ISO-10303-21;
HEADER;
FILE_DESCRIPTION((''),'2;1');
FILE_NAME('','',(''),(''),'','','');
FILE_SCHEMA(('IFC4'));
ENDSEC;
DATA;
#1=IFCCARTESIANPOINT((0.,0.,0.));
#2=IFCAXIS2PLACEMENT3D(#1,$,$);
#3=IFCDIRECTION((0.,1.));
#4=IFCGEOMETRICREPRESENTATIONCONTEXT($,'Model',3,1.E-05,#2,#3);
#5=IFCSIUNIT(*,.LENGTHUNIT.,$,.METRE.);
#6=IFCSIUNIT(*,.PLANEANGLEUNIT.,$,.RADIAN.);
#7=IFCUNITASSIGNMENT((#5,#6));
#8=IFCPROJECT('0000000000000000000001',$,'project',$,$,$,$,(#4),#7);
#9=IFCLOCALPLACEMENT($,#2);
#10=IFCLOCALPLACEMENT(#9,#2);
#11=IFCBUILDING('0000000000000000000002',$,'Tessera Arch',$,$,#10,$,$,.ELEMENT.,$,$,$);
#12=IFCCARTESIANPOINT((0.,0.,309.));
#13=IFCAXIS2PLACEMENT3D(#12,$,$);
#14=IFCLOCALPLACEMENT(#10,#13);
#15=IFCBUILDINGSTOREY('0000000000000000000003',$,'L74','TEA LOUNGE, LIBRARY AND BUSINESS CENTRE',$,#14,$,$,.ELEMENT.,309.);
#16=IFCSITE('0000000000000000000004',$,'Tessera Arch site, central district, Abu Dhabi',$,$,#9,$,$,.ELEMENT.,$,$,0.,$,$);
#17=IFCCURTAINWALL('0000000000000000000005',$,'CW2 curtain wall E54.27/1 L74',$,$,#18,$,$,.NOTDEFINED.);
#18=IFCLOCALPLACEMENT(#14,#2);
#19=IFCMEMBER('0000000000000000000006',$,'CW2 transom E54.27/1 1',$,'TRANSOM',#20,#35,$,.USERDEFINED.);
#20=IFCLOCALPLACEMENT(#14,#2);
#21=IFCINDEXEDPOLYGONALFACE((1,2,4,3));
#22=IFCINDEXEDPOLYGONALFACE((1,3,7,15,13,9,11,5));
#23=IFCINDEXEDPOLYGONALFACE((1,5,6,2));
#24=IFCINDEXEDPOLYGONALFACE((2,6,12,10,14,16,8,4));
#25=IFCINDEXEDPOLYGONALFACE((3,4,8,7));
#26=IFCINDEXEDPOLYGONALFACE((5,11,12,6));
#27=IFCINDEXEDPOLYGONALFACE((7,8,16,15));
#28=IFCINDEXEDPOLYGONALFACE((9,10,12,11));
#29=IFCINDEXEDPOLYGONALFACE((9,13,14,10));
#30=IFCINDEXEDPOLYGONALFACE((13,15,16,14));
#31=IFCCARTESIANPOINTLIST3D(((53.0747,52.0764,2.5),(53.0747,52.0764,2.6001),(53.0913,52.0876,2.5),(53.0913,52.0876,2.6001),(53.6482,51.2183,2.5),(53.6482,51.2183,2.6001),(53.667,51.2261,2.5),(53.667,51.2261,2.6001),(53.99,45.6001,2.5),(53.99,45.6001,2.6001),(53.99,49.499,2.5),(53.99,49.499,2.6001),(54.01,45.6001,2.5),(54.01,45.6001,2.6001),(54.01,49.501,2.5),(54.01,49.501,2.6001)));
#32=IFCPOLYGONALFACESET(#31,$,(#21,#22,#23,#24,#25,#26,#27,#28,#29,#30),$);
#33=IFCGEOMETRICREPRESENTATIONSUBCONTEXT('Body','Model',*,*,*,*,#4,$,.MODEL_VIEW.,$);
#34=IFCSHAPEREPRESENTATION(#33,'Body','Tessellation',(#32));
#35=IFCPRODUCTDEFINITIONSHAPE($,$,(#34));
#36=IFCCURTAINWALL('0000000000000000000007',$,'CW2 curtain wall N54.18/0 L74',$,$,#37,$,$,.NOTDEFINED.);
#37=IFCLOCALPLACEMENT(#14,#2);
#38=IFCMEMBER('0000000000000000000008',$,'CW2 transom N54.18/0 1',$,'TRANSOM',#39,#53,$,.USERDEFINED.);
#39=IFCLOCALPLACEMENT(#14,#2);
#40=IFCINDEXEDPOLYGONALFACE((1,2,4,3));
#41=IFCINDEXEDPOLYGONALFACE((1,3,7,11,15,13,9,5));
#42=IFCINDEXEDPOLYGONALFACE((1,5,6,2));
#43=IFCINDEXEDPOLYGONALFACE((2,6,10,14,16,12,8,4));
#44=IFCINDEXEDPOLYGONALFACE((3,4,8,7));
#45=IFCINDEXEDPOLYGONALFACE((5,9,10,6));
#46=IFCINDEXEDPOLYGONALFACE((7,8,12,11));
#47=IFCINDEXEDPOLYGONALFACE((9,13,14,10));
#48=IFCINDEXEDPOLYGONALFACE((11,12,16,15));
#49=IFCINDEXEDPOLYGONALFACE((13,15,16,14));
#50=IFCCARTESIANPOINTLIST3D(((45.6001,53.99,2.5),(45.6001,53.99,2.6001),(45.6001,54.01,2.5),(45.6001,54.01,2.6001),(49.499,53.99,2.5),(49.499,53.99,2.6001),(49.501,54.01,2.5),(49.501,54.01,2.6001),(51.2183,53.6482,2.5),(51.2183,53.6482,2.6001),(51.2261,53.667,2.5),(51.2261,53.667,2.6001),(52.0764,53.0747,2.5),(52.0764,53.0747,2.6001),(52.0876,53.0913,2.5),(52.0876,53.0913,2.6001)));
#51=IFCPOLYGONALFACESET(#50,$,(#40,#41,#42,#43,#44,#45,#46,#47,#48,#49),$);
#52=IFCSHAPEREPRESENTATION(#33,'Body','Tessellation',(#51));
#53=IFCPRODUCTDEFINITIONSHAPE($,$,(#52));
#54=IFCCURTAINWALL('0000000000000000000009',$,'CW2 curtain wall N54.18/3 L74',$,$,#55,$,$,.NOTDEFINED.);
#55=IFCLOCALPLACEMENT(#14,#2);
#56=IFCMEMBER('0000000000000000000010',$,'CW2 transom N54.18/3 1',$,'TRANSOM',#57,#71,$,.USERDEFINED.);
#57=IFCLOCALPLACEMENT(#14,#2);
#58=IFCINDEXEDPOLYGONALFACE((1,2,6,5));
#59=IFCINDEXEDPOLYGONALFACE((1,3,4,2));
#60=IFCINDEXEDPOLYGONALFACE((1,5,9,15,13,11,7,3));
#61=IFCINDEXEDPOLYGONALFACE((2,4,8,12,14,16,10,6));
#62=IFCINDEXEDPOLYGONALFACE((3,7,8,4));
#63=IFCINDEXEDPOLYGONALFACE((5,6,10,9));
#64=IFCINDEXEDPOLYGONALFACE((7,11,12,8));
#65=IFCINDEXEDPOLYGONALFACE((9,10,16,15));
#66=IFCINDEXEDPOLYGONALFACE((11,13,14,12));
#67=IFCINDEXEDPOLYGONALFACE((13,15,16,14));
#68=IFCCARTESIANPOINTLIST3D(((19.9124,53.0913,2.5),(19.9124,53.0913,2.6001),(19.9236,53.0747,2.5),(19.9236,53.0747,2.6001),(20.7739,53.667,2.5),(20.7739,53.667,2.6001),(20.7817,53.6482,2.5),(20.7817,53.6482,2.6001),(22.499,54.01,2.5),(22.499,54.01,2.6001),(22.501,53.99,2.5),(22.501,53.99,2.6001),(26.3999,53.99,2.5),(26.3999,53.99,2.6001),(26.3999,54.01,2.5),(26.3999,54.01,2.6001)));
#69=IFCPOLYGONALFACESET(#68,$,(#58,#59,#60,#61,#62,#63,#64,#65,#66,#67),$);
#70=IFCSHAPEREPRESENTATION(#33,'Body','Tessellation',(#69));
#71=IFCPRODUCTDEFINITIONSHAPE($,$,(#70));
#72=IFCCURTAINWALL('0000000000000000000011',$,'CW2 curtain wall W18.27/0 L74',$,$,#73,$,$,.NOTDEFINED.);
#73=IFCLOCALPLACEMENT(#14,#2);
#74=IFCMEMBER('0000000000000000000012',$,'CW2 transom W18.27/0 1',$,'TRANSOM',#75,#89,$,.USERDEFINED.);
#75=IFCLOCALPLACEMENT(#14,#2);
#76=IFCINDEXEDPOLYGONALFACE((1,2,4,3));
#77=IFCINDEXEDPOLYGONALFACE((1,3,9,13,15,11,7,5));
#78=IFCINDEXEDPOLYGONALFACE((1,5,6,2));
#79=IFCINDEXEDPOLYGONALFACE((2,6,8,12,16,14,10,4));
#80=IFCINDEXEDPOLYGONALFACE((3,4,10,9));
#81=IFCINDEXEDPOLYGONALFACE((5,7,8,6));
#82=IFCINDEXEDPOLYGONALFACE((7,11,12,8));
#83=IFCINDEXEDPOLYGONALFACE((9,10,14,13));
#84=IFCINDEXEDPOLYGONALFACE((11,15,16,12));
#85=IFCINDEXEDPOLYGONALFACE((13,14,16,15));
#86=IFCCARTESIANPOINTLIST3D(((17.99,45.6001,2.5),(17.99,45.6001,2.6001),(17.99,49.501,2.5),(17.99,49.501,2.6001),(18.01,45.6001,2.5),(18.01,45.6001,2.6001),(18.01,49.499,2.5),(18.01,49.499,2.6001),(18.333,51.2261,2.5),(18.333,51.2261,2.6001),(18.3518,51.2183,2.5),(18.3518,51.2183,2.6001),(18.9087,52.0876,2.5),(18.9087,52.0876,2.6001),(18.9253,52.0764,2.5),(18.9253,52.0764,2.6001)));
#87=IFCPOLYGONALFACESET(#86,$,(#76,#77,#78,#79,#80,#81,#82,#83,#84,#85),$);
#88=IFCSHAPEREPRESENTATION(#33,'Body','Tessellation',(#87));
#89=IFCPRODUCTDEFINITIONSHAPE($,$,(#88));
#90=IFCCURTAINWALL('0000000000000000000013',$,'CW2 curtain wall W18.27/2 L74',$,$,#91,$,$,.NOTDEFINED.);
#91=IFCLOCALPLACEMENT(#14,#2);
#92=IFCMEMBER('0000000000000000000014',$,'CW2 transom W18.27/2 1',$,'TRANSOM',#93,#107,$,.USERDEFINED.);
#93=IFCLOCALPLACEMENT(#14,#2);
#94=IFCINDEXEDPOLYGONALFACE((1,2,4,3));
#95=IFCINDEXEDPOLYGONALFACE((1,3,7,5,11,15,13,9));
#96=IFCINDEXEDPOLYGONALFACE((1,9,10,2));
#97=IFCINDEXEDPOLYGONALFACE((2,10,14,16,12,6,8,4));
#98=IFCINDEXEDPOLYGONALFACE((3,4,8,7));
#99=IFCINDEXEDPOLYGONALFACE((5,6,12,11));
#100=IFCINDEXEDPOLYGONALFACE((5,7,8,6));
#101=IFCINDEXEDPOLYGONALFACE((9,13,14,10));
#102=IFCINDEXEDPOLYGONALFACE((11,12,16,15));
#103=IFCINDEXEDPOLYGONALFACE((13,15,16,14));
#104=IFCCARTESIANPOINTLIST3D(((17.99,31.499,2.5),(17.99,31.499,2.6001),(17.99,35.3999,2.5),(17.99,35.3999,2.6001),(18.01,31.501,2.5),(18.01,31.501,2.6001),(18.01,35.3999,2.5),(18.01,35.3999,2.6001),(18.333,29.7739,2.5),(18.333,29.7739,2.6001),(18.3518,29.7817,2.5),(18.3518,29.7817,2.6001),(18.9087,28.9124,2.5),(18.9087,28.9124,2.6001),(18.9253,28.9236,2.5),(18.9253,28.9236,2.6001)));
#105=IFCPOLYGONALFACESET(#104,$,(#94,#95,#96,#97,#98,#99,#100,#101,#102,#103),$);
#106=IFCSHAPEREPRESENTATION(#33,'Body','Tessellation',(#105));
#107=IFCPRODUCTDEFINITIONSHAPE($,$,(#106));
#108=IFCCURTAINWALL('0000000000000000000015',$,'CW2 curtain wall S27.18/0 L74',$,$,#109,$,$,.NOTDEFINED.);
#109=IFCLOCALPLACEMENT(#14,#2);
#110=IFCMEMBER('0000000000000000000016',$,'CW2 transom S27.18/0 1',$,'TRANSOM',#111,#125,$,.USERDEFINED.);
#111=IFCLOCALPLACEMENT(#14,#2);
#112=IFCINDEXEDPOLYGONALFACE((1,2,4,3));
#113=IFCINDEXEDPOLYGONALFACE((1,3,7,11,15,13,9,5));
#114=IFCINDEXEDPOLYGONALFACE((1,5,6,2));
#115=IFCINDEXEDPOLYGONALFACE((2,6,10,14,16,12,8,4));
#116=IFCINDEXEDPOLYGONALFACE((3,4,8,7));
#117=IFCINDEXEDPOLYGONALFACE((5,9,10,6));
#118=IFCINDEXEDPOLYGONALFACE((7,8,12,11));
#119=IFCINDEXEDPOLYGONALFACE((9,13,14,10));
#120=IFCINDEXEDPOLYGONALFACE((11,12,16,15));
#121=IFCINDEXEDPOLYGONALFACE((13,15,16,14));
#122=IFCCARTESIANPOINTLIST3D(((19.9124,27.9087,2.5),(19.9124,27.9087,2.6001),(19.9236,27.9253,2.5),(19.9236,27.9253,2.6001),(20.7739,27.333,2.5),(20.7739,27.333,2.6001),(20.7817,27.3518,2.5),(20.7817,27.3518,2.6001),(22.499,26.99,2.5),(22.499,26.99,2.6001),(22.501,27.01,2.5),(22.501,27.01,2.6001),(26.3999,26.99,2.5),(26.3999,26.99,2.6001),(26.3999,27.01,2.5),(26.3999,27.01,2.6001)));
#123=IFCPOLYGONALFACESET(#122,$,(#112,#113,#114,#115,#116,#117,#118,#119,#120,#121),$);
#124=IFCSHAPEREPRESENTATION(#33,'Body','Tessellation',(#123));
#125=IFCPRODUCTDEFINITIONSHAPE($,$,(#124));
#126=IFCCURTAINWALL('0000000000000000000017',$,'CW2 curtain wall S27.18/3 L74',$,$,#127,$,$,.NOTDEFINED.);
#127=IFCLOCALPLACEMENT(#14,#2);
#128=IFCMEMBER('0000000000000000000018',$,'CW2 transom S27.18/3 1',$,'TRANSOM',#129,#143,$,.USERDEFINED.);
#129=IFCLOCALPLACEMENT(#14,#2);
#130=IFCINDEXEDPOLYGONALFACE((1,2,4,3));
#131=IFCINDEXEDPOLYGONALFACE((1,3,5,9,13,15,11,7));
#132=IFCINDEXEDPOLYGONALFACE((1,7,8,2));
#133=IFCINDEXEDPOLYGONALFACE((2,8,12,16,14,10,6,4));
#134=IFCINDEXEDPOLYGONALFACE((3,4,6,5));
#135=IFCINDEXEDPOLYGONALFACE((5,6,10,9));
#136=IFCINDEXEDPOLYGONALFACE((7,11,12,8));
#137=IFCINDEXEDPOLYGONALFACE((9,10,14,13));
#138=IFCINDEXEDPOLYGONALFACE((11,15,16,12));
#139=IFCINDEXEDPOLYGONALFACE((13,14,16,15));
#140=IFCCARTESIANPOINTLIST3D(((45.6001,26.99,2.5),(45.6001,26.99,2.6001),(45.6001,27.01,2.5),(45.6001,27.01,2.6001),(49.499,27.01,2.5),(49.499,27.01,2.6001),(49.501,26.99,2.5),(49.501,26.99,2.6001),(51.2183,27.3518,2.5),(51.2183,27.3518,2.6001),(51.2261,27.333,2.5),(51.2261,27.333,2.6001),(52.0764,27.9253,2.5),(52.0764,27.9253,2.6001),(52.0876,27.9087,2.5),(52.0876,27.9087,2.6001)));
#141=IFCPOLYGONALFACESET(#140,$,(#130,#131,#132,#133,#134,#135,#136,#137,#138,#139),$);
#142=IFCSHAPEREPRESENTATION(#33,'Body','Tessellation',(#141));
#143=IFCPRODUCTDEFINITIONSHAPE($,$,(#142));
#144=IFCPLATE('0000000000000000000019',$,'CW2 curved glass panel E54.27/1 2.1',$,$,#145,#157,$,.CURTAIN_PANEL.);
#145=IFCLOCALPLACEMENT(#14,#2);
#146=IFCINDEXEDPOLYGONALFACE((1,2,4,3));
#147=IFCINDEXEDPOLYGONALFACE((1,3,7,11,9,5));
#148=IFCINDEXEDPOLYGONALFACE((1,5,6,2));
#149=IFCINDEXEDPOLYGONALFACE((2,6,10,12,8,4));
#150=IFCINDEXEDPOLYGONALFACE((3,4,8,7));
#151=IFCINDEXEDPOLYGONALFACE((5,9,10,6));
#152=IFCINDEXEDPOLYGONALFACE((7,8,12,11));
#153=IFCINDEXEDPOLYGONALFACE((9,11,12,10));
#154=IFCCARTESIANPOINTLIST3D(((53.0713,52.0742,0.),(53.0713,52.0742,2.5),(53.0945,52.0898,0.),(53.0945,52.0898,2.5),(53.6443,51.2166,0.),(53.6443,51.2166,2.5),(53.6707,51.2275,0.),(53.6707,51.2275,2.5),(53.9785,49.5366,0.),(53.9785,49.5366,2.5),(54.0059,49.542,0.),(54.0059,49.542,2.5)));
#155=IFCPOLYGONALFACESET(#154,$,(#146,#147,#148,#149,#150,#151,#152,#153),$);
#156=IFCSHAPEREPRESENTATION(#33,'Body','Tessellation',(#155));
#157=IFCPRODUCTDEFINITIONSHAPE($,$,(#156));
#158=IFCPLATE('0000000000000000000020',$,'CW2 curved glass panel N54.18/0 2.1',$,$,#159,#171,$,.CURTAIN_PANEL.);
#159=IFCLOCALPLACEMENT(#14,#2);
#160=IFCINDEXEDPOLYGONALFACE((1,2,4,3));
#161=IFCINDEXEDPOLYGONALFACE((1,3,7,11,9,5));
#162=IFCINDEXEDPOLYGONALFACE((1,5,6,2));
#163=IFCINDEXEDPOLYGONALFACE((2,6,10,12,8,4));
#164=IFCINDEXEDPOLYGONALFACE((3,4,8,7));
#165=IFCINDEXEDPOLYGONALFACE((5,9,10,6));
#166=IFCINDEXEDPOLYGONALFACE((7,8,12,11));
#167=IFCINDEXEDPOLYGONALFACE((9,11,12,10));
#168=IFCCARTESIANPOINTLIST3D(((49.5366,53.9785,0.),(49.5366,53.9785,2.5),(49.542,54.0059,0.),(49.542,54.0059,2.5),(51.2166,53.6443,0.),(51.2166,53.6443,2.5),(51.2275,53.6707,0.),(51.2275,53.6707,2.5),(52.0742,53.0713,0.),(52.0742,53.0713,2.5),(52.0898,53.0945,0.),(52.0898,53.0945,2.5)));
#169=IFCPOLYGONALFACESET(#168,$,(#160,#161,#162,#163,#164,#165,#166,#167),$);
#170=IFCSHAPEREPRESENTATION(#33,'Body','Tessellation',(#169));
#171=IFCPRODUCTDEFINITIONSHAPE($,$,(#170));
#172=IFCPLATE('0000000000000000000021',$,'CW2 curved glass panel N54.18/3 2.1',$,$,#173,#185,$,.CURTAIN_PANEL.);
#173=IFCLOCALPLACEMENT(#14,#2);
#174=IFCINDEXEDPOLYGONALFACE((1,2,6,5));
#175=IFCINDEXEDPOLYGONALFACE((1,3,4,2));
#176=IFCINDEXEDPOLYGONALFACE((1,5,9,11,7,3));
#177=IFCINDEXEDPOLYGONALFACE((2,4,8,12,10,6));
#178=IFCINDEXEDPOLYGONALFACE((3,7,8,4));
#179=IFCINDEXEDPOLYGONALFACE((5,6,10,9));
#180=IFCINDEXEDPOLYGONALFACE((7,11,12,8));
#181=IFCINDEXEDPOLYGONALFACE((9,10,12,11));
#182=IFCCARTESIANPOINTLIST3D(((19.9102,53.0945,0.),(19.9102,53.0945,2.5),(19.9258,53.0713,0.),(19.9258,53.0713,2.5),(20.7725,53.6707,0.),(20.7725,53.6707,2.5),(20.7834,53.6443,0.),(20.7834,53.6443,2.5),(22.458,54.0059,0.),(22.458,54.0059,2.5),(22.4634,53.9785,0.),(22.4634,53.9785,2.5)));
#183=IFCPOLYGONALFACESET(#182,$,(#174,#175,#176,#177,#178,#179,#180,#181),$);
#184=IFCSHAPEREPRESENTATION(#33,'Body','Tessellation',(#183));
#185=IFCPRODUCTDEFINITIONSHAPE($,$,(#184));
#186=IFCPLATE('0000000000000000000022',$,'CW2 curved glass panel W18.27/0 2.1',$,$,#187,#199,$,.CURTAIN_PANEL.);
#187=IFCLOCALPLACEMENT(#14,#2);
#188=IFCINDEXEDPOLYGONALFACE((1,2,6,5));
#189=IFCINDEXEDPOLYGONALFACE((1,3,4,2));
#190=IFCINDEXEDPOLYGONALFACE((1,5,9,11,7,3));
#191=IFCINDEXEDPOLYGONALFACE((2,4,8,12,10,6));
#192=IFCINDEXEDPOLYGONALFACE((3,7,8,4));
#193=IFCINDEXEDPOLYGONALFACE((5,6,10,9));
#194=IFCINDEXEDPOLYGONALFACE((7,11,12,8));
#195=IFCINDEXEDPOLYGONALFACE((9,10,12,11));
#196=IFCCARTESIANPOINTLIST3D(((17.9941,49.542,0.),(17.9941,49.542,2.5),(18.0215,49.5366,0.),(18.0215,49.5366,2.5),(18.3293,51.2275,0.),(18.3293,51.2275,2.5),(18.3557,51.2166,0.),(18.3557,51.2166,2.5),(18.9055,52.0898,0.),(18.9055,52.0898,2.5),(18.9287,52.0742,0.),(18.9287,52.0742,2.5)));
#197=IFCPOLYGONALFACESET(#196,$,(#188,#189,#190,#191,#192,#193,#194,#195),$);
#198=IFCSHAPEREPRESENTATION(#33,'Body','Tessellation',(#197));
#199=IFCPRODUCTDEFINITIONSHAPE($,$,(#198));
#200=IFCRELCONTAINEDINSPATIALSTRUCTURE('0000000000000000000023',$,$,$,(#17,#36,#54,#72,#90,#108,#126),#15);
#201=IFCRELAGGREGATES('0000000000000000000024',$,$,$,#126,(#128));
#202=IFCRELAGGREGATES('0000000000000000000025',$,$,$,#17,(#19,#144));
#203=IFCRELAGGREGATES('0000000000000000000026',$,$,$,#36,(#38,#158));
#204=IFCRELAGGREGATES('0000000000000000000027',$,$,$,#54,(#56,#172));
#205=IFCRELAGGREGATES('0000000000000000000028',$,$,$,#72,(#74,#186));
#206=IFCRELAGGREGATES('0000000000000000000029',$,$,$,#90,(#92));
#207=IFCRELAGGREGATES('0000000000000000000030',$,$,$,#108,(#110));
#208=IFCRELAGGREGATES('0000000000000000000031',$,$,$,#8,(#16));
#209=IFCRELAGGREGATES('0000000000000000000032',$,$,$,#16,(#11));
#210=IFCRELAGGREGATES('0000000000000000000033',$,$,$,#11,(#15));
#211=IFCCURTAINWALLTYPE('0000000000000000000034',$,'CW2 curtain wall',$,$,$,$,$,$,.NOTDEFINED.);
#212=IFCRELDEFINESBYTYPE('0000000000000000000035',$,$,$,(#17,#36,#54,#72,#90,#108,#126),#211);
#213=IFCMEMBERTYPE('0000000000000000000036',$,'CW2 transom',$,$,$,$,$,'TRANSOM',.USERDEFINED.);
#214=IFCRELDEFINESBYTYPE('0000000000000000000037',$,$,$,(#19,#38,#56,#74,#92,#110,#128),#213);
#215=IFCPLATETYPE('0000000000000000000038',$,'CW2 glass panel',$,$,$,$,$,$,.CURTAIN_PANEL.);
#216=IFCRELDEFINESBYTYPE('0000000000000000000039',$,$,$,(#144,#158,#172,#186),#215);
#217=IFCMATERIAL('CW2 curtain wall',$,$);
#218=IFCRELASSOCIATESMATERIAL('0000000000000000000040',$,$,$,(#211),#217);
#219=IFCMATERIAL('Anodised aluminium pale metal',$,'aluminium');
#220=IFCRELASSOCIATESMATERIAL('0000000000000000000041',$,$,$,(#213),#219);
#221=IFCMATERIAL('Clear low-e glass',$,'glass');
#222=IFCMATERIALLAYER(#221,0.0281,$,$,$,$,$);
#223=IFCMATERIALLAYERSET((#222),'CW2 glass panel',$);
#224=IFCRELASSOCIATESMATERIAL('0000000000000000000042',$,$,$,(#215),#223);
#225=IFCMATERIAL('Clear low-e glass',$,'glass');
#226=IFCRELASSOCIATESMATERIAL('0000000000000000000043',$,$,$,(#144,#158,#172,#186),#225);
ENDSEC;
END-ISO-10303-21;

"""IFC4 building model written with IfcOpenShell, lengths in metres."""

from ifc_helpers import new_model, si_unit, direction, frame, origin, origin_2d, place, context, subcontext, project, spatial, polyline, rectangle, outline, extrude, material, layer, layer_set, material_profile, profile_set, type_object, element, aggregate, save


model = new_model("IFC4")

# Units and contexts
model_context = context("Model", 3, precision=1e-05, world=origin(), true_north=direction((0.0, 1.0)))
body_context = subcontext(model_context, "Body", "Model", "MODEL_VIEW")
ifc_project = project(units=[si_unit("LENGTHUNIT", "METRE"), si_unit("PLANEANGLEUNIT", "RADIAN")], contexts=[model_context])

# Site, building, storey
site_placement = place(None, origin())
site = spatial("IfcSite", under=ifc_project, at=site_placement, Name="Tessera Arch site, central district, Abu Dhabi", CompositionType="ELEMENT", RefElevation=0.0)
building_placement = place(site_placement, origin())
building = spatial("IfcBuilding", under=site, at=building_placement, Name="Tessera Arch", CompositionType="ELEMENT")
storey_placement = place(building_placement, frame((0.0, 0.0, 309.0)))
storey = spatial("IfcBuildingStorey", under=building, at=storey_placement, Name="L74", Description="TEA LOUNGE, LIBRARY AND BUSINESS CENTRE", CompositionType="ELEMENT", Elevation=309.0)

# Curtain walls, members
ifc_material_1 = material(Name="CW2 curtain wall")
curtain_wall_type = type_object("IfcCurtainWallType", Name="CW2 curtain wall", PredefinedType="NOTDEFINED", material=ifc_material_1)
curtain_wall_1_placement = place(storey_placement, origin())
curtain_wall_1 = element("IfcCurtainWall", 1, at=curtain_wall_1_placement, inside=storey, type_object=curtain_wall_type, Name="CW2 curtain wall E54.27/1 L74", PredefinedType="NOTDEFINED")
ifc_material_2 = material(Name="Anodised aluminium pale metal", Category="aluminium")
ifc_material_profile = material_profile(ifc_material_2, rectangle(XDim=0.2, YDim=0.1001, at=origin_2d()), Name="AL 200x100")
ifc_profile_set = profile_set([ifc_material_profile], Name="Anodised aluminium pale metal")
member_type = type_object("IfcMemberType", Name="CW2 transom", ElementType="TRANSOM", PredefinedType="USERDEFINED", material=ifc_profile_set)
member_1_placement = place(storey_placement, frame((0.0, 0.0, 2.5)))
member_1 = element("IfcMember", 2, at=member_1_placement, type_object=member_type, Name="CW2 transom E54.27/1 1", ObjectType="TRANSOM", PredefinedType="USERDEFINED", context=body_context, shape_type="SweptSolid", body=[
    extrude(outline(polyline([(53.99, 49.499), (53.99, 45.6001), (54.01, 45.6001), (54.01, 49.501), (53.667, 51.2261), (53.0913, 52.0876), (53.0747, 52.0764), (53.6482, 51.2183), (53.99, 49.499)])), origin(), (0.0, 0.0, 1.0), 0.1001),
])
curtain_wall_2_placement = place(storey_placement, origin())
curtain_wall_2 = element("IfcCurtainWall", 3, at=curtain_wall_2_placement, inside=storey, type_object=curtain_wall_type, Name="CW2 curtain wall N54.18/0 L74", PredefinedType="NOTDEFINED")
member_2_placement = place(storey_placement, frame((0.0, 0.0, 2.5)))
member_2 = element("IfcMember", 4, at=member_2_placement, type_object=member_type, Name="CW2 transom N54.18/0 1", ObjectType="TRANSOM", PredefinedType="USERDEFINED", context=body_context, shape_type="SweptSolid", body=[
    extrude(outline(polyline([(51.2183, 53.6482), (52.0764, 53.0747), (52.0876, 53.0913), (51.2261, 53.667), (49.501, 54.01), (45.6001, 54.01), (45.6001, 53.99), (49.499, 53.99), (51.2183, 53.6482)])), origin(), (0.0, 0.0, 1.0), 0.1001),
])
curtain_wall_3_placement = place(storey_placement, origin())
curtain_wall_3 = element("IfcCurtainWall", 5, at=curtain_wall_3_placement, inside=storey, type_object=curtain_wall_type, Name="CW2 curtain wall N54.18/3 L74", PredefinedType="NOTDEFINED")
member_3_placement = place(storey_placement, frame((0.0, 0.0, 2.5)))
member_3 = element("IfcMember", 6, at=member_3_placement, type_object=member_type, Name="CW2 transom N54.18/3 1", ObjectType="TRANSOM", PredefinedType="USERDEFINED", context=body_context, shape_type="SweptSolid", body=[
    extrude(outline(polyline([(22.501, 53.99), (26.3999, 53.99), (26.3999, 54.01), (22.499, 54.01), (20.7739, 53.667), (19.9124, 53.0913), (19.9236, 53.0747), (20.7817, 53.6482), (22.501, 53.99)])), origin(), (0.0, 0.0, 1.0), 0.1001),
])
curtain_wall_4_placement = place(storey_placement, origin())
curtain_wall_4 = element("IfcCurtainWall", 7, at=curtain_wall_4_placement, inside=storey, type_object=curtain_wall_type, Name="CW2 curtain wall W18.27/0 L74", PredefinedType="NOTDEFINED")
member_4_placement = place(storey_placement, frame((0.0, 0.0, 2.5)))
member_4 = element("IfcMember", 8, at=member_4_placement, type_object=member_type, Name="CW2 transom W18.27/0 1", ObjectType="TRANSOM", PredefinedType="USERDEFINED", context=body_context, shape_type="SweptSolid", body=[
    extrude(outline(polyline([(18.3518, 51.2183), (18.9253, 52.0764), (18.9087, 52.0876), (18.333, 51.2261), (17.99, 49.501), (17.99, 45.6001), (18.01, 45.6001), (18.01, 49.499), (18.3518, 51.2183)])), origin(), (0.0, 0.0, 1.0), 0.1001),
])
curtain_wall_5_placement = place(storey_placement, origin())
curtain_wall_5 = element("IfcCurtainWall", 9, at=curtain_wall_5_placement, inside=storey, type_object=curtain_wall_type, Name="CW2 curtain wall W18.27/2 L74", PredefinedType="NOTDEFINED")
member_5_placement = place(storey_placement, frame((0.0, 0.0, 2.5)))
member_5 = element("IfcMember", 10, at=member_5_placement, type_object=member_type, Name="CW2 transom W18.27/2 1", ObjectType="TRANSOM", PredefinedType="USERDEFINED", context=body_context, shape_type="SweptSolid", body=[
    extrude(outline(polyline([(18.01, 31.501), (18.01, 35.3999), (17.99, 35.3999), (17.99, 31.499), (18.333, 29.7739), (18.9087, 28.9124), (18.9253, 28.9236), (18.3518, 29.7817), (18.01, 31.501)])), origin(), (0.0, 0.0, 1.0), 0.1001),
])
curtain_wall_6_placement = place(storey_placement, origin())
curtain_wall_6 = element("IfcCurtainWall", 11, at=curtain_wall_6_placement, inside=storey, type_object=curtain_wall_type, Name="CW2 curtain wall S27.18/0 L74", PredefinedType="NOTDEFINED")
member_6_placement = place(storey_placement, frame((0.0, 0.0, 2.5)))
member_6 = element("IfcMember", 12, at=member_6_placement, type_object=member_type, Name="CW2 transom S27.18/0 1", ObjectType="TRANSOM", PredefinedType="USERDEFINED", context=body_context, shape_type="SweptSolid", body=[
    extrude(outline(polyline([(20.7817, 27.3518), (19.9236, 27.9253), (19.9124, 27.9087), (20.7739, 27.333), (22.499, 26.99), (26.3999, 26.99), (26.3999, 27.01), (22.501, 27.01), (20.7817, 27.3518)])), origin(), (0.0, 0.0, 1.0), 0.1001),
])
curtain_wall_7_placement = place(storey_placement, origin())
curtain_wall_7 = element("IfcCurtainWall", 13, at=curtain_wall_7_placement, inside=storey, type_object=curtain_wall_type, Name="CW2 curtain wall S27.18/3 L74", PredefinedType="NOTDEFINED")
member_7_placement = place(storey_placement, frame((0.0, 0.0, 2.5)))
member_7 = element("IfcMember", 14, at=member_7_placement, type_object=member_type, Name="CW2 transom S27.18/3 1", ObjectType="TRANSOM", PredefinedType="USERDEFINED", context=body_context, shape_type="SweptSolid", body=[
    extrude(outline(polyline([(49.499, 27.01), (45.6001, 27.01), (45.6001, 26.99), (49.501, 26.99), (51.2261, 27.333), (52.0876, 27.9087), (52.0764, 27.9253), (51.2183, 27.3518), (49.499, 27.01)])), origin(), (0.0, 0.0, 1.0), 0.1001),
])

# Plates
ifc_material_3 = material(Name="Clear low-e glass", Category="glass")
ifc_material_4 = material(Name="Clear low-e glass", Category="glass")
ifc_layer_1 = layer(ifc_material_4, 0.0281)
ifc_layer_set_1 = layer_set([ifc_layer_1], Name="CW2 glass panel")
plate_type_1 = type_object("IfcPlateType", Name="CW2 glass panel", PredefinedType="CURTAIN_PANEL", material=ifc_layer_set_1)
plate_1_placement = place(storey_placement, origin())
plate_1 = element("IfcPlate", 15, at=plate_1_placement, type_object=plate_type_1, material=ifc_material_3, Name="CW2 curved glass panel E54.27/1 2.1", PredefinedType="CURTAIN_PANEL", context=body_context, shape_type="SweptSolid", body=[
    extrude(outline(polyline([(53.6443, 51.2166), (53.9785, 49.5366), (54.0059, 49.542), (53.6707, 51.2275), (53.0945, 52.0898), (53.0713, 52.0742), (53.6443, 51.2166)])), origin(), (0.0, 0.0, 1.0), 2.5),
])
plate_2_placement = place(storey_placement, origin())
plate_2 = element("IfcPlate", 16, at=plate_2_placement, type_object=plate_type_1, material=ifc_material_3, Name="CW2 curved glass panel N54.18/0 2.1", PredefinedType="CURTAIN_PANEL", context=body_context, shape_type="SweptSolid", body=[
    extrude(outline(polyline([(51.2166, 53.6443), (52.0742, 53.0713), (52.0898, 53.0945), (51.2275, 53.6707), (49.542, 54.0059), (49.5366, 53.9785), (51.2166, 53.6443)])), origin(), (0.0, 0.0, 1.0), 2.5),
])
plate_3_placement = place(storey_placement, origin())
plate_3 = element("IfcPlate", 17, at=plate_3_placement, type_object=plate_type_1, material=ifc_material_3, Name="CW2 curved glass panel N54.18/3 2.1", PredefinedType="CURTAIN_PANEL", context=body_context, shape_type="SweptSolid", body=[
    extrude(outline(polyline([(20.7834, 53.6443), (22.4634, 53.9785), (22.458, 54.0059), (20.7725, 53.6707), (19.9102, 53.0945), (19.9258, 53.0713), (20.7834, 53.6443)])), origin(), (0.0, 0.0, 1.0), 2.5),
])
plate_4_placement = place(storey_placement, origin())
plate_4 = element("IfcPlate", 18, at=plate_4_placement, type_object=plate_type_1, material=ifc_material_3, Name="CW2 curved glass panel W18.27/0 2.1", PredefinedType="CURTAIN_PANEL", context=body_context, shape_type="SweptSolid", body=[
    extrude(outline(polyline([(18.3557, 51.2166), (18.9287, 52.0742), (18.9055, 52.0898), (18.3293, 51.2275), (17.9941, 49.542), (18.0215, 49.5366), (18.3557, 51.2166)])), origin(), (0.0, 0.0, 1.0), 2.5),
])
aggregate(curtain_wall_7, [member_7])
aggregate(curtain_wall_1, [member_1, plate_1])
aggregate(curtain_wall_2, [member_2, plate_2])
aggregate(curtain_wall_3, [member_3, plate_3])
aggregate(curtain_wall_4, [member_4, plate_4])
aggregate(curtain_wall_5, [member_5])
aggregate(curtain_wall_6, [member_6])

save(model, "model.ifc")
